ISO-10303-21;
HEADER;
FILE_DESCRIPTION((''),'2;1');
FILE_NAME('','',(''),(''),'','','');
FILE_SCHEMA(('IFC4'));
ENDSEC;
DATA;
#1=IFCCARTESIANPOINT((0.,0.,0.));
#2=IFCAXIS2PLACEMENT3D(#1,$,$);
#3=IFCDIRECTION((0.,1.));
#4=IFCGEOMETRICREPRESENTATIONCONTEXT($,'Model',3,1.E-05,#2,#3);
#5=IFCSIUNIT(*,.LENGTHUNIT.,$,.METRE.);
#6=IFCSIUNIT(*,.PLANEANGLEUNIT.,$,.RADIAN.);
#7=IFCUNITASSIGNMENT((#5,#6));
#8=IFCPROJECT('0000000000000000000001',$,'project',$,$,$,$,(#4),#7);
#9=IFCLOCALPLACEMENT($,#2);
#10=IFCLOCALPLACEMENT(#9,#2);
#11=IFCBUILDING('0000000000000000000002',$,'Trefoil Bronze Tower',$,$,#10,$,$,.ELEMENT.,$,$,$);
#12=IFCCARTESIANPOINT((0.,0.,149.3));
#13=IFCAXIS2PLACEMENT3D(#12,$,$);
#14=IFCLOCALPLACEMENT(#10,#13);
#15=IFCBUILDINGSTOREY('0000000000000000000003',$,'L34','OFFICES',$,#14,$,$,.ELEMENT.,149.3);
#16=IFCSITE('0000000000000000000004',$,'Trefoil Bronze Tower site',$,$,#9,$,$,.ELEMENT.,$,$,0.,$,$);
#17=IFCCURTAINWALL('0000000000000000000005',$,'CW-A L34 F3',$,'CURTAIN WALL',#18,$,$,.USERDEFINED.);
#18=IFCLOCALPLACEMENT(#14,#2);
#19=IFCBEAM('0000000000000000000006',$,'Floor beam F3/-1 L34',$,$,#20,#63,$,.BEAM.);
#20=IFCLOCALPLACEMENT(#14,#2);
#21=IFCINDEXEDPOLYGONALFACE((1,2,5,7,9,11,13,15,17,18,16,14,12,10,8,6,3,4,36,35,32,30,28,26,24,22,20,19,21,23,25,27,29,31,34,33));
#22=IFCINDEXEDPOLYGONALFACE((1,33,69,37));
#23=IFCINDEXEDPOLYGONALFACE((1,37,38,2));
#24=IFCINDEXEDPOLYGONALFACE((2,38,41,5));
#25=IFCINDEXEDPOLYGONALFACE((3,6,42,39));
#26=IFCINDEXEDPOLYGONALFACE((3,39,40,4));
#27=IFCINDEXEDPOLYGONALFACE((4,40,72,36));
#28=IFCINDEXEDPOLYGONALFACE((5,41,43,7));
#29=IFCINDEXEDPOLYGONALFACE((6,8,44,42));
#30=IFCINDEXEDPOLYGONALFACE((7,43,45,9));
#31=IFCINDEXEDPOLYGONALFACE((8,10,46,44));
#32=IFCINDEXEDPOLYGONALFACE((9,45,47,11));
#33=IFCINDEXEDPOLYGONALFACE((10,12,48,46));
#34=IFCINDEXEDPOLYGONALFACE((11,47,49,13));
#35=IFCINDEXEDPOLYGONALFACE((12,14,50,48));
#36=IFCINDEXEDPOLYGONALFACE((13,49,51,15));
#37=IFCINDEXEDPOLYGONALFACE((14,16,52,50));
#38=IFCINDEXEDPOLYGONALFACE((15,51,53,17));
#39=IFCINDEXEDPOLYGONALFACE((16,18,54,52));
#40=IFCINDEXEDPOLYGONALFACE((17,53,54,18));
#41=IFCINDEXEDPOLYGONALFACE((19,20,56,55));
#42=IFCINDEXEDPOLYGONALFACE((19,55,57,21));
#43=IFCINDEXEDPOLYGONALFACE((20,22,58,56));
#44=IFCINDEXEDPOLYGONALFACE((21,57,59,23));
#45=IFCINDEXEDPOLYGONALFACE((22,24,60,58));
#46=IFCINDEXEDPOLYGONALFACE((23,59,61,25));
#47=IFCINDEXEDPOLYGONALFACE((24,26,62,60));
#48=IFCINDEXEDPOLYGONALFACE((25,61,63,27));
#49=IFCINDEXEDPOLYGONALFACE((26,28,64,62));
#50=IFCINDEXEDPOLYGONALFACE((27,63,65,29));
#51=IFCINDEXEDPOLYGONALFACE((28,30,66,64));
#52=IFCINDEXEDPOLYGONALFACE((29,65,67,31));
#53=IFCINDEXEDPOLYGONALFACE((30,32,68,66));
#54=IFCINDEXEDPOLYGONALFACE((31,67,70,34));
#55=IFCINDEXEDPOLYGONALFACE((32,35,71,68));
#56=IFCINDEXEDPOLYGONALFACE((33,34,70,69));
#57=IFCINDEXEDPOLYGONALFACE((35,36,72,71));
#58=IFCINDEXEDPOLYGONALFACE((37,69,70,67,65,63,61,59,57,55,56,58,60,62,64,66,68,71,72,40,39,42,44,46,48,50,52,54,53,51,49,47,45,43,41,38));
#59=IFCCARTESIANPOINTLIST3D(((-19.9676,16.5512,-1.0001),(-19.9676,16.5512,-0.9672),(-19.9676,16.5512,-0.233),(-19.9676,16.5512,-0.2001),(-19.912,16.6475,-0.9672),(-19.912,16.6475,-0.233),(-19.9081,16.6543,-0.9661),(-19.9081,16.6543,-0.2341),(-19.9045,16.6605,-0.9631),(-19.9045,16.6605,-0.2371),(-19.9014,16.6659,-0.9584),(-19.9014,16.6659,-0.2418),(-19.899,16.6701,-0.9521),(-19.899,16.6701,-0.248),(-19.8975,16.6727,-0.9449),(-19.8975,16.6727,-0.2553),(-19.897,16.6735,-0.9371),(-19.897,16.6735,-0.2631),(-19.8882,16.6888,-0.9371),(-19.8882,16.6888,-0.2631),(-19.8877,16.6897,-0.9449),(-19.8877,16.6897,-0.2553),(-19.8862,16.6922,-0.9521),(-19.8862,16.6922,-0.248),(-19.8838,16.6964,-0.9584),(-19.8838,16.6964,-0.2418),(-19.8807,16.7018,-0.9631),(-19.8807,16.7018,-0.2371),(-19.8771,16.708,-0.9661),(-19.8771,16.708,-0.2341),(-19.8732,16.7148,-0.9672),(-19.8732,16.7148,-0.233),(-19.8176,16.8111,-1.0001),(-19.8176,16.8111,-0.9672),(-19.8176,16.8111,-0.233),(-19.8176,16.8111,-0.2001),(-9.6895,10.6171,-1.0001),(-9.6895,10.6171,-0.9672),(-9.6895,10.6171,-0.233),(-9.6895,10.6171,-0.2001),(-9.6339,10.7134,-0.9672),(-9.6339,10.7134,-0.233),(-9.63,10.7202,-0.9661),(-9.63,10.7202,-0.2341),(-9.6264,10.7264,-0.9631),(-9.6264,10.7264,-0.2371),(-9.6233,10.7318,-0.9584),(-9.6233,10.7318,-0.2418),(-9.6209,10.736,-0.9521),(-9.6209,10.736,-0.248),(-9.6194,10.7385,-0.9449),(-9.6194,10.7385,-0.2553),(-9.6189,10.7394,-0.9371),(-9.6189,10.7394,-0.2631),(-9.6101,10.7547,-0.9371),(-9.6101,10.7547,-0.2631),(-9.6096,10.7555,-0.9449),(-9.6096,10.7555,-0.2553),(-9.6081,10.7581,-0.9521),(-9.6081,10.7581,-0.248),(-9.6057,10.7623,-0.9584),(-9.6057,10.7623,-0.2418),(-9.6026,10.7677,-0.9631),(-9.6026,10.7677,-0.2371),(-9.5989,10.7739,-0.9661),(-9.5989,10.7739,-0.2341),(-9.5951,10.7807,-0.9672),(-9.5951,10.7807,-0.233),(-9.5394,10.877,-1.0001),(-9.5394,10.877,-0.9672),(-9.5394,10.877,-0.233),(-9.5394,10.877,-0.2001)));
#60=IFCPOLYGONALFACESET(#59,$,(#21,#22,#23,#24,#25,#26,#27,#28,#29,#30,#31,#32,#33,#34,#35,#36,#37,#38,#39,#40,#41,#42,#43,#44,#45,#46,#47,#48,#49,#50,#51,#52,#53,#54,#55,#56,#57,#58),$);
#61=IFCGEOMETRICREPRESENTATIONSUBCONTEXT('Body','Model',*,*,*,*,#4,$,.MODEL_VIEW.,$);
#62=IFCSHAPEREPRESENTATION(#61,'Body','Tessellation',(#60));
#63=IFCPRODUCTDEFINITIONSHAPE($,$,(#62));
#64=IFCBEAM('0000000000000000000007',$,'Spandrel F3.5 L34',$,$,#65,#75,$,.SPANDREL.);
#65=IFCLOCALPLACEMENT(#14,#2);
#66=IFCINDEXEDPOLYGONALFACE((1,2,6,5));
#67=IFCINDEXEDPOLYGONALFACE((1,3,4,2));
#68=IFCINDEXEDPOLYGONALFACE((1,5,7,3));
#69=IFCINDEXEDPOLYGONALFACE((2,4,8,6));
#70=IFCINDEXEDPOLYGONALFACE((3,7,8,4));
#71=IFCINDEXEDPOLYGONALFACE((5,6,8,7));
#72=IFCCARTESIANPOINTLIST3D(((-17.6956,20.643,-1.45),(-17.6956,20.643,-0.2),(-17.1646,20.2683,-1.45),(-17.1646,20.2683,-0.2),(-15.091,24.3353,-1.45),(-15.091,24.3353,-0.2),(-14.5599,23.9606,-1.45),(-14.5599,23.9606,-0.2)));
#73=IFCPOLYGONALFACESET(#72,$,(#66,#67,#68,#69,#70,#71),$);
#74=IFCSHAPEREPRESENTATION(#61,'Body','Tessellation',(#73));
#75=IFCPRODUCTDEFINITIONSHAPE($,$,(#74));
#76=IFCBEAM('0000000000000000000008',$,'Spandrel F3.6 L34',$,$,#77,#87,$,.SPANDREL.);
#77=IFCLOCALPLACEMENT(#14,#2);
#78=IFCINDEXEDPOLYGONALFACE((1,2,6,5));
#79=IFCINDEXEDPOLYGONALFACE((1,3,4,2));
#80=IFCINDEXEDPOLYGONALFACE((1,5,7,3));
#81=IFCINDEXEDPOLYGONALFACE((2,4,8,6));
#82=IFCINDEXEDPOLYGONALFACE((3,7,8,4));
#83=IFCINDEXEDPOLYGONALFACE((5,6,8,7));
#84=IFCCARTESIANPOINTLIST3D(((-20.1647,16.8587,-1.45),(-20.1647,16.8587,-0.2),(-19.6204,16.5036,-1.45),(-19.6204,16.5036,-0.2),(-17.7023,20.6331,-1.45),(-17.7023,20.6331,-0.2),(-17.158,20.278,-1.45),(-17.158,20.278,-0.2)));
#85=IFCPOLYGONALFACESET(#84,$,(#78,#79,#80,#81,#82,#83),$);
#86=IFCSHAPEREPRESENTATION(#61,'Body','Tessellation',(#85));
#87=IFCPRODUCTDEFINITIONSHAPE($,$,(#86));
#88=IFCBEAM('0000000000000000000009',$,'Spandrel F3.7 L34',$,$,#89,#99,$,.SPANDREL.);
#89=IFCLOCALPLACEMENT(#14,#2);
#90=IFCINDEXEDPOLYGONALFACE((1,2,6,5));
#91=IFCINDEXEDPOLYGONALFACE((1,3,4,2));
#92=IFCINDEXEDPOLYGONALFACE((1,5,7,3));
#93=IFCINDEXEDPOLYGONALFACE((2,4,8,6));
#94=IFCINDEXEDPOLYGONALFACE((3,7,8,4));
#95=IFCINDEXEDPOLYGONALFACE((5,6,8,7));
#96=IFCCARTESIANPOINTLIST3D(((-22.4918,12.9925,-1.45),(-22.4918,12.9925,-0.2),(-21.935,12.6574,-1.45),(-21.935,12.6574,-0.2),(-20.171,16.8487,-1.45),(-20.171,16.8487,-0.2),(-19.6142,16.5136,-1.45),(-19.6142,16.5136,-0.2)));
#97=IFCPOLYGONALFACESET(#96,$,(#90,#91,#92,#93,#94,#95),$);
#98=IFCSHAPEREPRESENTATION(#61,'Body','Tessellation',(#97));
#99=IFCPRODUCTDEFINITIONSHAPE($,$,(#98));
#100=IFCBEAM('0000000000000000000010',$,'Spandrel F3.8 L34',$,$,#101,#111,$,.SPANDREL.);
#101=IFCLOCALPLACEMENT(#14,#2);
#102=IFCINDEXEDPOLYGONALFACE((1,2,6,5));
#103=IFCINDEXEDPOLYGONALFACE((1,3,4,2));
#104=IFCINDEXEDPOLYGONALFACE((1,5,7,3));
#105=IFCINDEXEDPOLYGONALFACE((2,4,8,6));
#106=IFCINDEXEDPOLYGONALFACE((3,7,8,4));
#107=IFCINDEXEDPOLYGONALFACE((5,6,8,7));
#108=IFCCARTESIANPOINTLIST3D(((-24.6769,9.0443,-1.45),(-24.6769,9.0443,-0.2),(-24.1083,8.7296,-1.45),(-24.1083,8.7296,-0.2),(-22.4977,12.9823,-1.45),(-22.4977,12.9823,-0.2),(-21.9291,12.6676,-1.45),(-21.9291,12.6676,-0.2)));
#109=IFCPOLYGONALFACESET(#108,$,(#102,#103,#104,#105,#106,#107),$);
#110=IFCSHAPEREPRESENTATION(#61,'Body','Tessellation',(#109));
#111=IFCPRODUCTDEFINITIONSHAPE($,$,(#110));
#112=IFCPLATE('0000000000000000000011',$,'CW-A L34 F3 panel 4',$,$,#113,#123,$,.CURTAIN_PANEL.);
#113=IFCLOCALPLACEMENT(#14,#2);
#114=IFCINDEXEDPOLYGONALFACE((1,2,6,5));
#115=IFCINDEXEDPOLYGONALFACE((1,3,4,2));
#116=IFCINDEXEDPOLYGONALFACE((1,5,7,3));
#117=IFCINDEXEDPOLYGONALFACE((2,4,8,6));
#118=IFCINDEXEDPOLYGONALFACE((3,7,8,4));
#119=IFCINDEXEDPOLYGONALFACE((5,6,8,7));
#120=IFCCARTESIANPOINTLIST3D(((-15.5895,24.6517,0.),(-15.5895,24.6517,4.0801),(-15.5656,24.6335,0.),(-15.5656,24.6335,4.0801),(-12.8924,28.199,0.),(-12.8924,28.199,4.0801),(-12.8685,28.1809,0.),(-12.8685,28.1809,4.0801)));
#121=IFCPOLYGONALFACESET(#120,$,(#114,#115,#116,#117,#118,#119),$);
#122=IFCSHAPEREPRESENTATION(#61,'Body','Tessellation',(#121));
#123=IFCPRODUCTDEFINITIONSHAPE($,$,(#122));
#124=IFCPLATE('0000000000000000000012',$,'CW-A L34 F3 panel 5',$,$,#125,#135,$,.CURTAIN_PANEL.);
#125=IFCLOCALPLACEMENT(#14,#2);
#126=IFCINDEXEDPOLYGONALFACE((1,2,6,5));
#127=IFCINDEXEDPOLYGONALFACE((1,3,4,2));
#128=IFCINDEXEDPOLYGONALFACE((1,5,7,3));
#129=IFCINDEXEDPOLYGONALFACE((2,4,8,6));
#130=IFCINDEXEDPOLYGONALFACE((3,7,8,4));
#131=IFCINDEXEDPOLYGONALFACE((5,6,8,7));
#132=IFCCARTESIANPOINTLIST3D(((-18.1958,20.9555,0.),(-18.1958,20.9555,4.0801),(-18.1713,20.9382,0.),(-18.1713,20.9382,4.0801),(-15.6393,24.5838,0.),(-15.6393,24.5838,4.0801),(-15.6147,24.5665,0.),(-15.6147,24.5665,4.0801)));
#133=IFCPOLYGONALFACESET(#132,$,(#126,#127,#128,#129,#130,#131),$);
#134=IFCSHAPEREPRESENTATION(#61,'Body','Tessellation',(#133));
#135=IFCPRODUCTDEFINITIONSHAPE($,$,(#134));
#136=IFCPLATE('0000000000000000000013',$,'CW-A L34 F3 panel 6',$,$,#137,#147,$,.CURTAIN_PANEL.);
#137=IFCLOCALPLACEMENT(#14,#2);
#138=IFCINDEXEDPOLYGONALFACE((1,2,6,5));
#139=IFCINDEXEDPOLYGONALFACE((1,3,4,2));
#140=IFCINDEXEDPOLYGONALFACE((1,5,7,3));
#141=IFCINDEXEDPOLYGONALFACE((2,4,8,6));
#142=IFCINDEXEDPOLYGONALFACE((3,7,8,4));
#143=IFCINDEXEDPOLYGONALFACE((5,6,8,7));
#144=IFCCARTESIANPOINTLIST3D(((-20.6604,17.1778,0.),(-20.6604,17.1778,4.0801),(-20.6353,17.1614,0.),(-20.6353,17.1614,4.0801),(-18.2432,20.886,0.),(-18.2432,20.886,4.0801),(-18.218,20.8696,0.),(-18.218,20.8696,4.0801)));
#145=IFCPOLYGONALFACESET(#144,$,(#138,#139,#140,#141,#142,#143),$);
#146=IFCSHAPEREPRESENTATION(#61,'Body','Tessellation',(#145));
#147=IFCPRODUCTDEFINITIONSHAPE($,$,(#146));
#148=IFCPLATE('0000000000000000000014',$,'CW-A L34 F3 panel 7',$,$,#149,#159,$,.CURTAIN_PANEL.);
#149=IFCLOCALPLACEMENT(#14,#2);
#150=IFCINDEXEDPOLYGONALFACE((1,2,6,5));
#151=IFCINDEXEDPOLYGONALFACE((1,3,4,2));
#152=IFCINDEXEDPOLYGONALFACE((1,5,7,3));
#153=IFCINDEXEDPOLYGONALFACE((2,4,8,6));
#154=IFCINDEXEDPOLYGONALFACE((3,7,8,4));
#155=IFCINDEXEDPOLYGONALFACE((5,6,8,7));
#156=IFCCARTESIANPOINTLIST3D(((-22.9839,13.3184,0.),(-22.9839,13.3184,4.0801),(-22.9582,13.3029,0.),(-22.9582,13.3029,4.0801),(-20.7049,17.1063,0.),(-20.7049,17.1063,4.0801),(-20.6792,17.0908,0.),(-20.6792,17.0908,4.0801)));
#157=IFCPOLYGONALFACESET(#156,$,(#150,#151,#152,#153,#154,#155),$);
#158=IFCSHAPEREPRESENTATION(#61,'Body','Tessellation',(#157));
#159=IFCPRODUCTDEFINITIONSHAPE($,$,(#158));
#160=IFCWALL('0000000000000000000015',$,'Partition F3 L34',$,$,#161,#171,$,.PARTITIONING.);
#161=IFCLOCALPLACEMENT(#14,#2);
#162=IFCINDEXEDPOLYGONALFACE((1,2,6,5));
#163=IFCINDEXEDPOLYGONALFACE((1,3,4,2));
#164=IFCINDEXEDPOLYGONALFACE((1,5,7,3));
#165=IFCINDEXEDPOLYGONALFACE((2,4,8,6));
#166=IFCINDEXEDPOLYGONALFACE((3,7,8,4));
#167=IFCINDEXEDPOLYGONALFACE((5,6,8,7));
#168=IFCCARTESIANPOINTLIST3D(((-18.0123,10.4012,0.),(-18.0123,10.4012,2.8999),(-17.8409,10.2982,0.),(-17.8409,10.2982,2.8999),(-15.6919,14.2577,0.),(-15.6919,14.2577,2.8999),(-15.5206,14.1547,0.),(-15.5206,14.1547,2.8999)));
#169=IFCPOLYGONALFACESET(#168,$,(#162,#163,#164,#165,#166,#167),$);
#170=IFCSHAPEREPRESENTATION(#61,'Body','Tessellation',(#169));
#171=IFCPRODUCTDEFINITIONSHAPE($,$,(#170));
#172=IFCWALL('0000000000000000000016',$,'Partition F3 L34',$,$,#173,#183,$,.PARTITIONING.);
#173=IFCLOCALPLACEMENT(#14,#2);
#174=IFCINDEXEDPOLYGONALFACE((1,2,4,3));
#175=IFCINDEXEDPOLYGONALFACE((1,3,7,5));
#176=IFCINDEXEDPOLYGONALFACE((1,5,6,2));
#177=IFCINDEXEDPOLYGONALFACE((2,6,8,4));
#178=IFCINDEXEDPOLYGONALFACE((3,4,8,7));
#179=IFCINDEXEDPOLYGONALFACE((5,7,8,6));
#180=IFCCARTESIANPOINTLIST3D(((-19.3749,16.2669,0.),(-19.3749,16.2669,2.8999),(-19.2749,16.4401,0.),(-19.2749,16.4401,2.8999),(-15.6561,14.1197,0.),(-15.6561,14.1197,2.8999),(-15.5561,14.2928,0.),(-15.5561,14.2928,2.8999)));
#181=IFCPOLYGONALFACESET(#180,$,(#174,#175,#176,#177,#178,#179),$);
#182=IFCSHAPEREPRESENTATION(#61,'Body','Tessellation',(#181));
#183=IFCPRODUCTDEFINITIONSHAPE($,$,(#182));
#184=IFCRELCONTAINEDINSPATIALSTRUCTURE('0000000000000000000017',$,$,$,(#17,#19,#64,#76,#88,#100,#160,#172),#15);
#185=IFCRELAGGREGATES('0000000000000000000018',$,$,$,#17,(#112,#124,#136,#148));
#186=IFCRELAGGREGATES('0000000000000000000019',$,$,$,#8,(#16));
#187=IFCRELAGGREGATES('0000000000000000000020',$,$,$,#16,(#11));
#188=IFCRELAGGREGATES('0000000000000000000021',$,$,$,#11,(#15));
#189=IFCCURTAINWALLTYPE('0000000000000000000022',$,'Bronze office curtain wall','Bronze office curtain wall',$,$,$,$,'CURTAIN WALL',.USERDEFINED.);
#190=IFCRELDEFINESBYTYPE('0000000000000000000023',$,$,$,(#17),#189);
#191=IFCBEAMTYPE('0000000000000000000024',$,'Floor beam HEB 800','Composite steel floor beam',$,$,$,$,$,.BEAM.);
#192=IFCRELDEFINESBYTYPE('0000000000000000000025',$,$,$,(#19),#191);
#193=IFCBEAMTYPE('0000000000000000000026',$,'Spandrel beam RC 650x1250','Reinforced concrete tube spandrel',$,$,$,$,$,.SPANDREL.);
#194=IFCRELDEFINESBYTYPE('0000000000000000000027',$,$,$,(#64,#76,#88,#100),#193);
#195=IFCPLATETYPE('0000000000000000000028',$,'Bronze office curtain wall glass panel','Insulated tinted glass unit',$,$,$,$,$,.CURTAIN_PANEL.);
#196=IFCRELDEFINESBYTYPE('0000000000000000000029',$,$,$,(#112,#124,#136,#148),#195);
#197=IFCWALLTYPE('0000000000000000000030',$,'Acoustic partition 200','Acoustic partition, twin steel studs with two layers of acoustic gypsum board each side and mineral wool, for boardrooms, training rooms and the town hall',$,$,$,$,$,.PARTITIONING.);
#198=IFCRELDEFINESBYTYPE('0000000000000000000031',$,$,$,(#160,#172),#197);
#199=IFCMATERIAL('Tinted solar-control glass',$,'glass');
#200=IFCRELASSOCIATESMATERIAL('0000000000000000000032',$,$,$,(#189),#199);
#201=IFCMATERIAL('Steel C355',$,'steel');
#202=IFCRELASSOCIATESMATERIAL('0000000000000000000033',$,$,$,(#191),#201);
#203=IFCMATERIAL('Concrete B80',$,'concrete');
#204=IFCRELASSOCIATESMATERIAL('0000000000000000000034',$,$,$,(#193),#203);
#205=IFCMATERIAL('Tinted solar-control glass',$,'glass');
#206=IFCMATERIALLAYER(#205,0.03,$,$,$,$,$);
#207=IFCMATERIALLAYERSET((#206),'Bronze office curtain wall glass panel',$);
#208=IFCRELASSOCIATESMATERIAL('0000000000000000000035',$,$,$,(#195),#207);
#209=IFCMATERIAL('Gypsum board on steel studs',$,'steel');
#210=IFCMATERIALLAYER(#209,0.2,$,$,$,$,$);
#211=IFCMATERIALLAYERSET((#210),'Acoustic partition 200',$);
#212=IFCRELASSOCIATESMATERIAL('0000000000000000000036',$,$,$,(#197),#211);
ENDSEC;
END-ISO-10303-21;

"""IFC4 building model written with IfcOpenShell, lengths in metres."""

from ifc_helpers import new_model, si_unit, direction, frame, frame_2d, origin, origin_2d, place, context, subcontext, project, spatial, rectangle, i_section, extrude, material, layer, layer_set, material_profile, profile_set, type_object, element, aggregate, save


model = new_model("IFC4")

# Units and contexts
model_context = context("Model", 3, precision=1e-05, world=origin(), true_north=direction((0.0, 1.0)))
body_context = subcontext(model_context, "Body", "Model", "MODEL_VIEW")
ifc_project = project(units=[si_unit("LENGTHUNIT", "METRE"), si_unit("PLANEANGLEUNIT", "RADIAN")], contexts=[model_context])

# Site, building, storey
site_placement = place(None, origin())
site = spatial("IfcSite", under=ifc_project, at=site_placement, Name="Trefoil Bronze Tower site", CompositionType="ELEMENT", RefElevation=0.0)
building_placement = place(site_placement, origin())
building = spatial("IfcBuilding", under=site, at=building_placement, Name="Trefoil Bronze Tower", CompositionType="ELEMENT")
storey_placement = place(building_placement, frame((0.0, 0.0, 149.3)))
storey = spatial("IfcBuildingStorey", under=building, at=storey_placement, Name="L34", Description="OFFICES", CompositionType="ELEMENT", Elevation=149.3)

# Curtain wall
ifc_material_1 = material(Name="Tinted solar-control glass", Category="glass")
curtain_wall_type = type_object("IfcCurtainWallType", Name="Bronze office curtain wall", Description="Bronze office curtain wall", ElementType="CURTAIN WALL", PredefinedType="USERDEFINED", material=ifc_material_1)
curtain_wall_placement = place(storey_placement, origin())
curtain_wall = element("IfcCurtainWall", 1, at=curtain_wall_placement, inside=storey, type_object=curtain_wall_type, Name="CW-A L34 F3", ObjectType="CURTAIN WALL", PredefinedType="USERDEFINED")

# Beams
ifc_material_2 = material(Name="Steel C355", Category="steel")
ifc_material_profile_1 = material_profile(ifc_material_2, i_section(OverallWidth=0.3, OverallDepth=0.8, WebThickness=0.0176, FlangeThickness=0.033, FilletRadius=0.03, at=origin_2d()), Name="HEB 800")
ifc_profile_set_1 = profile_set([ifc_material_profile_1], Name="Steel C355")
beam_type_1 = type_object("IfcBeamType", Name="Floor beam HEB 800", Description="Composite steel floor beam", PredefinedType="BEAM", material=ifc_profile_set_1)
beam_1_placement = place(storey_placement, frame((-19.8926, 16.6812, -0.6001), z_axis=(0.866024, -0.500002, 0.0), x_axis=(0.500002, 0.866024, 0.0)))
element("IfcBeam", 2, at=beam_1_placement, inside=storey, type_object=beam_type_1, Name="Floor beam F3/-1 L34", PredefinedType="BEAM", context=body_context, shape_type="SweptSolid", body=[
    extrude(i_section(OverallWidth=0.3, OverallDepth=0.8, WebThickness=0.0176, FlangeThickness=0.033, FilletRadius=0.03, at=origin_2d()), origin(), (0.0, 0.0, 1.0), 11.8682),
])
ifc_material_3 = material(Name="Concrete B80", Category="concrete")
ifc_material_profile_2 = material_profile(ifc_material_3, rectangle(XDim=0.6499, YDim=1.25, at=origin_2d()), Name="RC 650x1250")
ifc_profile_set_2 = profile_set([ifc_material_profile_2], Name="Concrete B80")
beam_type_2 = type_object("IfcBeamType", Name="Spandrel beam RC 650x1250", Description="Reinforced concrete tube spandrel", PredefinedType="SPANDREL", material=ifc_profile_set_2)
beam_2_placement = place(storey_placement, frame((-14.8254, 24.1479, -0.825), z_axis=(-0.576439, -0.81714, 0.0), x_axis=(0.81714, -0.576439, 0.0)))
element("IfcBeam", 3, at=beam_2_placement, inside=storey, type_object=beam_type_2, Name="Spandrel F3.5 L34", PredefinedType="SPANDREL", context=body_context, shape_type="SweptSolid", body=[
    extrude(rectangle(XDim=0.6499, YDim=1.25, at=origin_2d()), origin(), (0.0, 0.0, 1.0), 4.5186),
])
beam_3_placement = place(storey_placement, frame((-17.4302, 20.4556, -0.825), z_axis=(-0.546397, -0.837527, 0.0), x_axis=(0.837527, -0.546397, 0.0)))
element("IfcBeam", 4, at=beam_3_placement, inside=storey, type_object=beam_type_2, Name="Spandrel F3.6 L34", PredefinedType="SPANDREL", context=body_context, shape_type="SweptSolid", body=[
    extrude(rectangle(XDim=0.6499, YDim=1.25, at=origin_2d()), origin(), (0.0, 0.0, 1.0), 4.5066),
])
for number, where, z_axis, x_axis, name in (
    (5, (-19.8926, 16.6812, -0.825), (-0.515652, -0.856798, 0.0), (0.856798, -0.515652, 0.0), "Spandrel F3.7 L34"),
    (6, (-22.2134, 12.825, -0.825), (-0.484187, -0.874965, 0.0), (0.874965, -0.484187, 0.0), "Spandrel F3.8 L34"),
):
    element("IfcBeam", number, at=place(storey_placement, frame(where, z_axis=z_axis, x_axis=x_axis)), inside=storey, type_object=beam_type_2, Name=name, PredefinedType="SPANDREL", context=body_context, shape_type="SweptSolid", body=[
        extrude(rectangle(XDim=0.6499, YDim=1.25, at=origin_2d()), origin(), (0.0, 0.0, 1.0), 4.5007),
    ])

# Plates
ifc_material_4 = material(Name="Tinted solar-control glass", Category="glass")
ifc_layer_1 = layer(ifc_material_4, 0.03)
ifc_layer_set_1 = layer_set([ifc_layer_1], Name="Bronze office curtain wall glass panel")
plate_type = type_object("IfcPlateType", Name="Bronze office curtain wall glass panel", Description="Insulated tinted glass unit", PredefinedType="CURTAIN_PANEL", material=ifc_layer_set_1)
plate_1_placement = place(storey_placement, frame((-14.229, 26.4163, 0.0), z_axis=(0.0, 0.0, 1.0), x_axis=(-0.605252, -0.796034, 0.0)))
plate_1 = element("IfcPlate", 7, at=plate_1_placement, type_object=plate_type, Name="CW-A L34 F3 panel 4", PredefinedType="CURTAIN_PANEL", context=body_context, shape_type="SweptSolid", body=[
    extrude(rectangle(XDim=4.4563, YDim=0.03, at=origin_2d()), origin(), (0.0, 0.0, 1.0), 4.0801),
])
plate_2_placement = place(storey_placement, frame((-16.9053, 22.761, 0.0), z_axis=(0.0, 0.0, 1.0), x_axis=(-0.575999, -0.81745, 0.0)))
plate_2 = element("IfcPlate", 8, at=plate_2_placement, type_object=plate_type, Name="CW-A L34 F3 panel 5", PredefinedType="CURTAIN_PANEL", context=body_context, shape_type="SweptSolid", body=[
    extrude(rectangle(XDim=4.4385, YDim=0.03, at=origin_2d()), origin(), (0.0, 0.0, 1.0), 4.0801),
])
plate_3_placement = place(storey_placement, frame((-19.4392, 19.0237, 0.0), z_axis=(0.0, 0.0, 1.0), x_axis=(-0.546089, -0.837727, 0.0)))
plate_3 = element("IfcPlate", 9, at=plate_3_placement, type_object=plate_type, Name="CW-A L34 F3 panel 6", PredefinedType="CURTAIN_PANEL", context=body_context, shape_type="SweptSolid", body=[
    extrude(rectangle(XDim=4.4265, YDim=0.03, at=origin_2d()), origin(), (0.0, 0.0, 1.0), 4.0801),
])
plate_4_placement = place(storey_placement, frame((-21.8315, 15.2046, 0.0), z_axis=(0.0, 0.0, 1.0), x_axis=(-0.515525, -0.856874, 0.0)))
plate_4 = element("IfcPlate", 10, at=plate_4_placement, type_object=plate_type, Name="CW-A L34 F3 panel 7", PredefinedType="CURTAIN_PANEL", context=body_context, shape_type="SweptSolid", body=[
    extrude(rectangle(XDim=4.4207, YDim=0.03, at=origin_2d()), origin(), (0.0, 0.0, 1.0), 4.0801),
])
aggregate(curtain_wall, [plate_1, plate_2, plate_3, plate_4])

# Walls
ifc_material_5 = material(Name="Gypsum board on steel studs", Category="steel")
ifc_layer_2 = layer(ifc_material_5, 0.2)
ifc_layer_set_2 = layer_set([ifc_layer_2], Name="Acoustic partition 200")
wall_type_1 = type_object("IfcWallType", Name="Acoustic partition 200", Description="Acoustic partition, twin steel studs with two layers of acoustic gypsum board each side and mineral wool, for boardrooms, training rooms and the town hall", PredefinedType="PARTITIONING", material=ifc_layer_set_2)
wall_1_placement = place(storey_placement, frame((-15.6062, 14.2063, 0.0), z_axis=(0.0, 0.0, 1.0), x_axis=(-0.515548, -0.85686, 0.0)))
element("IfcWall", 11, at=wall_1_placement, inside=storey, type_object=wall_type_1, Name="Partition F3 L34", PredefinedType="PARTITIONING", context=body_context, shape_type="SweptSolid", body=[
    extrude(rectangle(XDim=4.5007, YDim=0.2, at=frame_2d((2.2505, 0.0))), origin(), (0.0, 0.0, 1.0), 2.8999),
])
wall_2_placement = place(storey_placement, frame((-15.6062, 14.2063, 0.0), z_axis=(0.0, 0.0, 1.0), x_axis=(-0.866006, 0.500034, 0.0)))
element("IfcWall", 12, at=wall_2_placement, inside=storey, type_object=wall_type_1, Name="Partition F3 L34", PredefinedType="PARTITIONING", context=body_context, shape_type="SweptSolid", body=[
    extrude(rectangle(XDim=4.2942, YDim=0.2, at=frame_2d((2.147, 0.0))), origin(), (0.0, 0.0, 1.0), 2.8999),
])

save(model, "model.ifc")
